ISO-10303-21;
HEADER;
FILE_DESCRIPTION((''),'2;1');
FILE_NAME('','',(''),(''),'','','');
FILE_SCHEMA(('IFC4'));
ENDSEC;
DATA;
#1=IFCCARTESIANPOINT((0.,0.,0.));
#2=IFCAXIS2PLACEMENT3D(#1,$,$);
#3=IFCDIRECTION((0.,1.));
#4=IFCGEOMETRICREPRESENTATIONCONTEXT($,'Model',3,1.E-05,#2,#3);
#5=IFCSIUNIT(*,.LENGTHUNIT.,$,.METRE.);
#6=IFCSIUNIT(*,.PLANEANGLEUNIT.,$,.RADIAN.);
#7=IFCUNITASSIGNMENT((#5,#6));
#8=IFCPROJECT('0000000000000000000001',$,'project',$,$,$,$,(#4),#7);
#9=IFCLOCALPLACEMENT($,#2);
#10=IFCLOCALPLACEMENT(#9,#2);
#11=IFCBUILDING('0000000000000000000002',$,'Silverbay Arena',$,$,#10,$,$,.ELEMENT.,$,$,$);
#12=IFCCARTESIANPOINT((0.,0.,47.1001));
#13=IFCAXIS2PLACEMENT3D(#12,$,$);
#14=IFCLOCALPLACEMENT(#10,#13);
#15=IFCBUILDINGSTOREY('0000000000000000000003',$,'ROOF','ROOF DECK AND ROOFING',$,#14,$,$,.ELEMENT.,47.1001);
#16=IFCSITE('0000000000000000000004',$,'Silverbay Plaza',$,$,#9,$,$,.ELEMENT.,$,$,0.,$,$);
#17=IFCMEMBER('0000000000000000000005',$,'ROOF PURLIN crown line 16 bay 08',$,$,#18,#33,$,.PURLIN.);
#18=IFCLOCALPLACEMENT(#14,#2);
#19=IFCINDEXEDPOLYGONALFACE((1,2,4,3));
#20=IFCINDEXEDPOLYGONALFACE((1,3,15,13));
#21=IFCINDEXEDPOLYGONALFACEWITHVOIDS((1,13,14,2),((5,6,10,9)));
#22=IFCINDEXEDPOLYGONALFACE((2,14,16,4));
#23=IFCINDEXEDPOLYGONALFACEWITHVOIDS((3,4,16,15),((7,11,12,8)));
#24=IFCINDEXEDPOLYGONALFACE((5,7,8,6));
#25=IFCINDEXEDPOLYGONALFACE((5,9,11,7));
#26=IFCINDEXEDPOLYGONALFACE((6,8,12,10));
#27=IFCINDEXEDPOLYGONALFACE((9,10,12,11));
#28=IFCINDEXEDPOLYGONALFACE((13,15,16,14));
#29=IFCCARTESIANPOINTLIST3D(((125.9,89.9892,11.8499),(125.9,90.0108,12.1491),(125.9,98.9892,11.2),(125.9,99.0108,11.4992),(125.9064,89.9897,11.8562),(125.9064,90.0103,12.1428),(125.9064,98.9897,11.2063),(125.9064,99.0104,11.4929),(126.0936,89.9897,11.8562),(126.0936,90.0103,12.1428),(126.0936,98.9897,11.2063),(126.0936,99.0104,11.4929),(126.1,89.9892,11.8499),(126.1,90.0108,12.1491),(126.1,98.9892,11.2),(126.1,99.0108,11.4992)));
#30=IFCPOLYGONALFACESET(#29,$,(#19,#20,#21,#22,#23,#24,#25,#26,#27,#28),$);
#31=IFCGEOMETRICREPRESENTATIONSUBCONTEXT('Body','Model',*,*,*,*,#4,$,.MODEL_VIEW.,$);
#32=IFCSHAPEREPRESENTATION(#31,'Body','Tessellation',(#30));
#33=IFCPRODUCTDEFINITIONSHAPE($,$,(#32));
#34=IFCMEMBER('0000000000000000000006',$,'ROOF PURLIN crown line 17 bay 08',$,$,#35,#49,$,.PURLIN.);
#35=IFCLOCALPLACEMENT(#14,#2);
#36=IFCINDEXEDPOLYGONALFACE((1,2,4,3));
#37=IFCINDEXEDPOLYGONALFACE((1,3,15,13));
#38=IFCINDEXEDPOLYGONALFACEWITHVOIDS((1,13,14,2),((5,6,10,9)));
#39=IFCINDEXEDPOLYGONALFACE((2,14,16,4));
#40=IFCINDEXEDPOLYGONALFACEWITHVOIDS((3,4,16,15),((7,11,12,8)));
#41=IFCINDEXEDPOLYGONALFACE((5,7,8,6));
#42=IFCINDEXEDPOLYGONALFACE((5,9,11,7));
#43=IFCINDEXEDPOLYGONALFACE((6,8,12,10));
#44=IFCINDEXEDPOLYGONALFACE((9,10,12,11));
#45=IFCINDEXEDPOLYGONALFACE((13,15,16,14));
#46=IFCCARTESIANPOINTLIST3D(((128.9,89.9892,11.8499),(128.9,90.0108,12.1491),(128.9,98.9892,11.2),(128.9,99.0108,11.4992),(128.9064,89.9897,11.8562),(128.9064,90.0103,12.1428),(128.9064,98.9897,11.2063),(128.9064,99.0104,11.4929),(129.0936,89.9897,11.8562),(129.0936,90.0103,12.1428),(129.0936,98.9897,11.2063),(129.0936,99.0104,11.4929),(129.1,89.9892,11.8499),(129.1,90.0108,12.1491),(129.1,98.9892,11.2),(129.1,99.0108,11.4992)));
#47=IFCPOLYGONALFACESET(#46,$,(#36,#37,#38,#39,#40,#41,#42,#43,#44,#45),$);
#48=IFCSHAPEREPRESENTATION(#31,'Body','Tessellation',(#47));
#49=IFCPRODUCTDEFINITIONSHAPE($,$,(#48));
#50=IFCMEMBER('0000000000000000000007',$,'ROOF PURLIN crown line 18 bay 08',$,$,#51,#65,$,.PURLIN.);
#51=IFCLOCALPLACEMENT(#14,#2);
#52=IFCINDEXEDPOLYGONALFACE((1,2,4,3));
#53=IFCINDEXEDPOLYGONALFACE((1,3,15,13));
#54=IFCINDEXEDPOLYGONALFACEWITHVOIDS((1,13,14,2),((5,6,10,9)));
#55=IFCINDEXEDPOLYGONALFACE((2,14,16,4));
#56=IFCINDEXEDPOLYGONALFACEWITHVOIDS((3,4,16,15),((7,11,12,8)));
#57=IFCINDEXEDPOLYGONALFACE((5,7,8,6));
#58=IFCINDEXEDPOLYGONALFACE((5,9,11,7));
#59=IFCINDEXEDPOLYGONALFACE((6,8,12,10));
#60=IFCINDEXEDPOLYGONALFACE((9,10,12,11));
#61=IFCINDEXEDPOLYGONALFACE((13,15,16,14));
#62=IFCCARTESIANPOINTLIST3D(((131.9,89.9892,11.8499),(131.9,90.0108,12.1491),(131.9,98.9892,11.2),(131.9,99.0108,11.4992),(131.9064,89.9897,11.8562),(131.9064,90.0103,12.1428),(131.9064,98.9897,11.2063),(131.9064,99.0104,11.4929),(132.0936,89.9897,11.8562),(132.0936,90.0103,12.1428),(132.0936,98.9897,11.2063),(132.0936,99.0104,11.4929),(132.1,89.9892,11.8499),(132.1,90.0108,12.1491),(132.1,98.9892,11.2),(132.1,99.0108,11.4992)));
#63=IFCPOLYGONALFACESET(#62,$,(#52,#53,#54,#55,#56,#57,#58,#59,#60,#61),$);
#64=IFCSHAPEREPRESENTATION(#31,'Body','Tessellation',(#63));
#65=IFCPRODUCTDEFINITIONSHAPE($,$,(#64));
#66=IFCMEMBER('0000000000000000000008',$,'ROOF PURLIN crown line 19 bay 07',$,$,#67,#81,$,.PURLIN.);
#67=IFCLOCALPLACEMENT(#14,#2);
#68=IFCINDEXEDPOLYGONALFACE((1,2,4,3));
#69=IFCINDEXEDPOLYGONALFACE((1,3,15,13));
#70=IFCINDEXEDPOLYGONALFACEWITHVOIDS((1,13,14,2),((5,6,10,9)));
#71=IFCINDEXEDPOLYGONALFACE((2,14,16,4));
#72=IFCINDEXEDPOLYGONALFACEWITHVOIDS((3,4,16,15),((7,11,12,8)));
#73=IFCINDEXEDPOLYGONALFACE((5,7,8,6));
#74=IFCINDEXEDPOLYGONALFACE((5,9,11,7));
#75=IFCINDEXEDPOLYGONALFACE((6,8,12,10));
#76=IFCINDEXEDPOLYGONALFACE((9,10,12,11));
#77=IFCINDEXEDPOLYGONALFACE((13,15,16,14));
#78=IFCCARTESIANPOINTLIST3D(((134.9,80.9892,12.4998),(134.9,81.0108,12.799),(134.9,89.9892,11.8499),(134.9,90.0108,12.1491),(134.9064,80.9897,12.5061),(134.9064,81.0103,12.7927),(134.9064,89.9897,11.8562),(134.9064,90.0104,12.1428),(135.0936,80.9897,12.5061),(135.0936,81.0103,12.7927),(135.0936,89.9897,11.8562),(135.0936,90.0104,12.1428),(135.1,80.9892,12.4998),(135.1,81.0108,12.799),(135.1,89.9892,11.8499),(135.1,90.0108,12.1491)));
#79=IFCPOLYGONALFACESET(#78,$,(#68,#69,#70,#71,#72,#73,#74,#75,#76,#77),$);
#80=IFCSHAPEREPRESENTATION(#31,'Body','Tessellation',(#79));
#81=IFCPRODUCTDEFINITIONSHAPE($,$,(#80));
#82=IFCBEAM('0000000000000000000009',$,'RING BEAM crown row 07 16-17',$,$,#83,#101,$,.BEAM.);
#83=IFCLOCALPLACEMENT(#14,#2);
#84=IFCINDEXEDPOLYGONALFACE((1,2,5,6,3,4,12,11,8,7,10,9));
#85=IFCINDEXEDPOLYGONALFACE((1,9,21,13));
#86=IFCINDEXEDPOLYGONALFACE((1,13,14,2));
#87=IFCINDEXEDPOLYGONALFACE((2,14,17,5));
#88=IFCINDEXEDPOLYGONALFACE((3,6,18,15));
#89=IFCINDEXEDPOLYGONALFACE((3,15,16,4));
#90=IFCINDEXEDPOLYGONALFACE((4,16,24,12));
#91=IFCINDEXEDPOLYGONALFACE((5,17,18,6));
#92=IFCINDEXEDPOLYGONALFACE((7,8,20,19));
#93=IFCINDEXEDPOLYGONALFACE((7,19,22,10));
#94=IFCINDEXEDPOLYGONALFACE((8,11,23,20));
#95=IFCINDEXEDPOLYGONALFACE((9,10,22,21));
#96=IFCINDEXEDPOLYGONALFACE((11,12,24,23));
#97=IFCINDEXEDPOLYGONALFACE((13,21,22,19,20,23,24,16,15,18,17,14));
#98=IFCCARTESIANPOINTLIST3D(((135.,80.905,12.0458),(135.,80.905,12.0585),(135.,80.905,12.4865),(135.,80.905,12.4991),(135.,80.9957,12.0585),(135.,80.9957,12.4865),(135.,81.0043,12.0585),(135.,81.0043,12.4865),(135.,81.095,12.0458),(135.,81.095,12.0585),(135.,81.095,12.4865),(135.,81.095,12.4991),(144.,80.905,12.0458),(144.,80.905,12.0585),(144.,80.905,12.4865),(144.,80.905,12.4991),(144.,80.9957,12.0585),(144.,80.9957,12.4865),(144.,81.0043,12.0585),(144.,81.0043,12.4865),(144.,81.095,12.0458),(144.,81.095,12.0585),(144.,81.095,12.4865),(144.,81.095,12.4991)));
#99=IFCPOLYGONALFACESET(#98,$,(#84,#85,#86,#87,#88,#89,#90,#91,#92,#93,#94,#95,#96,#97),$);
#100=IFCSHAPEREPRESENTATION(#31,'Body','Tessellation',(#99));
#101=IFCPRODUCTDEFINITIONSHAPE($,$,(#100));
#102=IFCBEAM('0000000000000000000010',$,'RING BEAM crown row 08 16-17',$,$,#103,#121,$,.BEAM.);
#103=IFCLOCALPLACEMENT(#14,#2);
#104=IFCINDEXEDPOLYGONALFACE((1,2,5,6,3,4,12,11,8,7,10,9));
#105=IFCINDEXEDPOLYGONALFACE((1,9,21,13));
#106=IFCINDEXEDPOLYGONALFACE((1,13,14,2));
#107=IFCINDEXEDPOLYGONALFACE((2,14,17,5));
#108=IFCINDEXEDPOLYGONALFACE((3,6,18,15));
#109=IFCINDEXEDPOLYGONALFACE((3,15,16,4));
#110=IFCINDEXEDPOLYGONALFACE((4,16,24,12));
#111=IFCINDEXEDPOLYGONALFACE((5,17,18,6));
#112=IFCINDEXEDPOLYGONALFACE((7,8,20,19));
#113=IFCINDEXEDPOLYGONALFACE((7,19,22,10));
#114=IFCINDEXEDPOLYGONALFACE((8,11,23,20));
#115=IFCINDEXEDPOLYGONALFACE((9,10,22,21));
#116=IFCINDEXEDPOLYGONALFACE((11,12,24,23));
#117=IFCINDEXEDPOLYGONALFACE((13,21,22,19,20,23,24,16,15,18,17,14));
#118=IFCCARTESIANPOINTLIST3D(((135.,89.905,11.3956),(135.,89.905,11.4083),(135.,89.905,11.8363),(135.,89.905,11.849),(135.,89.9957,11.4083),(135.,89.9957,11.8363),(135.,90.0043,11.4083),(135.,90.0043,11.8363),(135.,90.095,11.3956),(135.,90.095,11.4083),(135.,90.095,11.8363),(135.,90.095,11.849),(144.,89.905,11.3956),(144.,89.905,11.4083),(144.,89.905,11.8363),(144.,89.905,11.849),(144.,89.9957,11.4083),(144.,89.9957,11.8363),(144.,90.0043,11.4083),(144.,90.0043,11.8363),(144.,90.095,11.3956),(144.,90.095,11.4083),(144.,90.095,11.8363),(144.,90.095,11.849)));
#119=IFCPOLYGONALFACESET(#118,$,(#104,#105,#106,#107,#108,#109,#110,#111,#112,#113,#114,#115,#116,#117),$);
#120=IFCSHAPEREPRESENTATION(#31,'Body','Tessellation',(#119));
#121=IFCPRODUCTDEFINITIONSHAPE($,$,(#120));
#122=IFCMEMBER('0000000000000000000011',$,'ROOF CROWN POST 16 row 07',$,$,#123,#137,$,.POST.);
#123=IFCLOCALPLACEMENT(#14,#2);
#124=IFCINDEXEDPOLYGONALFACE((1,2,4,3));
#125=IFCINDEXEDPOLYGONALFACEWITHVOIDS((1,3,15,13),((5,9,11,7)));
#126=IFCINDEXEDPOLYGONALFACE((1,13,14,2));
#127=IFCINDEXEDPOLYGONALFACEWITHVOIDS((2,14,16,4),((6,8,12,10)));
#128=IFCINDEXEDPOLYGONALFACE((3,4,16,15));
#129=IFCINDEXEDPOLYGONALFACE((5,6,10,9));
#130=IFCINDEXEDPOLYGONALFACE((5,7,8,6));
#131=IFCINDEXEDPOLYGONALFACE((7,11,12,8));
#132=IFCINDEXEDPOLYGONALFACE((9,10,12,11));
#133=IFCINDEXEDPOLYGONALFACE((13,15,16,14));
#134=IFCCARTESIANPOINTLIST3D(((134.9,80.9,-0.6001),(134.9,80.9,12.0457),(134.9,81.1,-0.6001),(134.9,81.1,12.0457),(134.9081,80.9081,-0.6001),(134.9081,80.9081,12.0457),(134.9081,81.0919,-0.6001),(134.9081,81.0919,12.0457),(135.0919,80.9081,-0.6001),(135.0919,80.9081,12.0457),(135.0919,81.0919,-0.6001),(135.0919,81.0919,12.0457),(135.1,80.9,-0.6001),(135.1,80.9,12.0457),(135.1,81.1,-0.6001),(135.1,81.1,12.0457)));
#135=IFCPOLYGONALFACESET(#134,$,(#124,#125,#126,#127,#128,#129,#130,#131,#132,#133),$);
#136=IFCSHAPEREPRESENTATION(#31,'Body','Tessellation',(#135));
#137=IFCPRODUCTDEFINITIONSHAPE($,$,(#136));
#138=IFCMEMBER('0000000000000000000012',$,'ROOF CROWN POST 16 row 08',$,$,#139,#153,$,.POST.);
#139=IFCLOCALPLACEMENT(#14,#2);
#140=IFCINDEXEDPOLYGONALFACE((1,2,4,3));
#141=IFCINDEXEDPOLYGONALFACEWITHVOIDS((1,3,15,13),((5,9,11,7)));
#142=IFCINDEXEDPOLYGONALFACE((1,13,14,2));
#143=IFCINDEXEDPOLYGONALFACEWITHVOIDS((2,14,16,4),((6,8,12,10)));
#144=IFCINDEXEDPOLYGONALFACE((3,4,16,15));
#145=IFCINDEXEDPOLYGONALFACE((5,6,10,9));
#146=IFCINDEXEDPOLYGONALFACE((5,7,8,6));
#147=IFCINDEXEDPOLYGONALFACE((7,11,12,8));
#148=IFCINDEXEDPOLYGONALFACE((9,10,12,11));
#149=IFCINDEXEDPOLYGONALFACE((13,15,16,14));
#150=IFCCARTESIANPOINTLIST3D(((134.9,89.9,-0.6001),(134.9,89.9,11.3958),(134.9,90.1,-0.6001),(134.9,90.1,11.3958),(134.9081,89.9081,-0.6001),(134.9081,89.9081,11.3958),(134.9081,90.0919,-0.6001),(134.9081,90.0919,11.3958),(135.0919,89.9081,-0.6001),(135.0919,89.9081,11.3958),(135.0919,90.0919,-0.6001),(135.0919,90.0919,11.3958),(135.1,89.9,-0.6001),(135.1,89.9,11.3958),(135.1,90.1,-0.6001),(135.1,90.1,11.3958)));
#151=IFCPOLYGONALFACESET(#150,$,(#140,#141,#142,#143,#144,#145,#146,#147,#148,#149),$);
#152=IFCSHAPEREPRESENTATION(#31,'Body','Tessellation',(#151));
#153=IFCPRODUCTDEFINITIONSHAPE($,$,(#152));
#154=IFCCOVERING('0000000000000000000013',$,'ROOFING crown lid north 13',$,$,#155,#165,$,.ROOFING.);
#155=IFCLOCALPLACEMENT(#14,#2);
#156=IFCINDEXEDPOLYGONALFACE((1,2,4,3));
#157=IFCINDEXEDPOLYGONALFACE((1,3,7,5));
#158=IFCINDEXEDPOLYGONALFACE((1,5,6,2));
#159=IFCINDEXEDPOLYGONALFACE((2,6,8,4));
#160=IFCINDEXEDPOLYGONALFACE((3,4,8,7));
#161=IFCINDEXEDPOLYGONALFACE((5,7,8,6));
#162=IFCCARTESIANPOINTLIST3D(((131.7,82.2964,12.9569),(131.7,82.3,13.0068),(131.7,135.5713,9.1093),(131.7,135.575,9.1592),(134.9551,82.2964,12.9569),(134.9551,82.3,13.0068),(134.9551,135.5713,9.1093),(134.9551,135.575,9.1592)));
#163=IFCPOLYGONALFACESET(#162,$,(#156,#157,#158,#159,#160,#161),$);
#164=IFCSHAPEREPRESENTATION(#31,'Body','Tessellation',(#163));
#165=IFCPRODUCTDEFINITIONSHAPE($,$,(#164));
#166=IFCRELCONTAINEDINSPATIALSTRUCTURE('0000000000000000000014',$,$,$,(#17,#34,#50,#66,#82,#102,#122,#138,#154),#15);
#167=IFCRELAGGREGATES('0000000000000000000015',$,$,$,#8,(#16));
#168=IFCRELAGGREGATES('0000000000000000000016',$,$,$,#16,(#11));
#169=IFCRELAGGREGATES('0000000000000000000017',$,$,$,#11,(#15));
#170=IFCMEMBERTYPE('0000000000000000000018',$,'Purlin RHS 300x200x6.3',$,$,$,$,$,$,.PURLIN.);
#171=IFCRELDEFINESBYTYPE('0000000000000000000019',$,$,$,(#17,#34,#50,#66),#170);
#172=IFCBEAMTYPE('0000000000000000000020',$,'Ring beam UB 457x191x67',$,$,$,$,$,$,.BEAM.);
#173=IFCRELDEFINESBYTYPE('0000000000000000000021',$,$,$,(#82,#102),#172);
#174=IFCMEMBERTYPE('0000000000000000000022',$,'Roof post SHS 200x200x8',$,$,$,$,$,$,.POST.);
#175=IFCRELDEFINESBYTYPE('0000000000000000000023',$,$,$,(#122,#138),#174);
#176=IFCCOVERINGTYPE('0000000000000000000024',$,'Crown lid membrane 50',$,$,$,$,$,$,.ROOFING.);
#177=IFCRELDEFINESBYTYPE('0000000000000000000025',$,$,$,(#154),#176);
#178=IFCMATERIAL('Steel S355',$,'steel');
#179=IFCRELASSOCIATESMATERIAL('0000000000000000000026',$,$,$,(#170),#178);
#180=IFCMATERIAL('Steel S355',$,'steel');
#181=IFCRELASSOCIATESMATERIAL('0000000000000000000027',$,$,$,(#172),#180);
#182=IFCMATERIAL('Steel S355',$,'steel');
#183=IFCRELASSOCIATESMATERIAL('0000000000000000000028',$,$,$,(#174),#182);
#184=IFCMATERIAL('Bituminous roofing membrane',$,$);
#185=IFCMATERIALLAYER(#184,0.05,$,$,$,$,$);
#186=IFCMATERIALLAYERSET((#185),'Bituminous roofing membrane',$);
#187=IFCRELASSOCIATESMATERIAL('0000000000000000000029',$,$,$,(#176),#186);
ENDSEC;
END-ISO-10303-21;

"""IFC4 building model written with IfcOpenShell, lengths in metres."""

from ifc_helpers import new_model, si_unit, direction, frame, origin, origin_2d, place, context, subcontext, project, spatial, polyline, hollow_rectangle, i_section, outline, extrude, material, layer, layer_set, material_profile, profile_set, type_object, element, save


model = new_model("IFC4")

# Units and contexts
model_context = context("Model", 3, precision=1e-05, world=origin(), true_north=direction((0.0, 1.0)))
body_context = subcontext(model_context, "Body", "Model", "MODEL_VIEW")
ifc_project = project(units=[si_unit("LENGTHUNIT", "METRE"), si_unit("PLANEANGLEUNIT", "RADIAN")], contexts=[model_context])

# Site, building, storey
site_placement = place(None, origin())
site = spatial("IfcSite", under=ifc_project, at=site_placement, Name="Silverbay Plaza", CompositionType="ELEMENT", RefElevation=0.0)
building_placement = place(site_placement, origin())
building = spatial("IfcBuilding", under=site, at=building_placement, Name="Silverbay Arena", CompositionType="ELEMENT")
storey_placement = place(building_placement, frame((0.0, 0.0, 47.1001)))
storey = spatial("IfcBuildingStorey", under=building, at=storey_placement, Name="ROOF", Description="ROOF DECK AND ROOFING", CompositionType="ELEMENT", Elevation=47.1001)

# Members
ifc_material_1 = material(Name="Steel S355", Category="steel")
ifc_material_profile_1 = material_profile(ifc_material_1, hollow_rectangle(XDim=0.2, YDim=0.3, WallThickness=0.0063, at=origin_2d()), Name="RHS 300x200x6.3")
ifc_profile_set_1 = profile_set([ifc_material_profile_1], Name="Steel S355")
member_type_1 = type_object("IfcMemberType", Name="Purlin RHS 300x200x6.3", PredefinedType="PURLIN", material=ifc_profile_set_1)
for number, where, z_axis, x_axis, name in (
    (1, (126.0, 90.0, 11.9995), (0.0, 0.997403, -0.072024), (-1.0, 0.0, 0.0), "ROOF PURLIN crown line 16 bay 08"),
    (2, (129.0, 90.0, 11.9995), (0.0, 0.997403, -0.072024), (-1.0, 0.0, 0.0), "ROOF PURLIN crown line 17 bay 08"),
    (3, (132.0, 90.0, 11.9995), (0.0, 0.997403, -0.072024), (-1.0, 0.0, 0.0), "ROOF PURLIN crown line 18 bay 08"),
    (4, (135.0, 81.0, 12.6494), (0.0, 0.997403, -0.072024), (-1.0, 0.0, 0.0), "ROOF PURLIN crown line 19 bay 07"),
):
    element("IfcMember", number, at=place(storey_placement, frame(where, z_axis=z_axis, x_axis=x_axis)), inside=storey, type_object=member_type_1, Name=name, PredefinedType="PURLIN", context=body_context, shape_type="SweptSolid", body=[
        extrude(hollow_rectangle(XDim=0.2, YDim=0.3, WallThickness=0.0063, at=origin_2d()), origin(), (0.0, 0.0, 1.0), 9.0234),
    ])

# Beams
ifc_material_2 = material(Name="Steel S355", Category="steel")
ifc_material_profile_2 = material_profile(ifc_material_2, i_section(OverallWidth=0.1899, OverallDepth=0.4534, WebThickness=0.0085, FlangeThickness=0.0127, at=origin_2d()), Name="UB 457x191x67")
ifc_profile_set_2 = profile_set([ifc_material_profile_2], Name="Steel S355")
beam_type = type_object("IfcBeamType", Name="Ring beam UB 457x191x67", PredefinedType="BEAM", material=ifc_profile_set_2)
for number, where, z_axis, x_axis, name in (
    (5, (135.0, 81.0, 12.2725), (1.0, 0.0, 0.0), (0.0, 1.0, 0.0), "RING BEAM crown row 07 16-17"),
    (6, (135.0, 90.0, 11.6223), (1.0, 0.0, 0.0), (0.0, 1.0, 0.0), "RING BEAM crown row 08 16-17"),
):
    element("IfcBeam", number, at=place(storey_placement, frame(where, z_axis=z_axis, x_axis=x_axis)), inside=storey, type_object=beam_type, Name=name, PredefinedType="BEAM", context=body_context, shape_type="SweptSolid", body=[
        extrude(i_section(OverallWidth=0.1899, OverallDepth=0.4534, WebThickness=0.0085, FlangeThickness=0.0127, at=origin_2d()), origin(), (0.0, 0.0, 1.0), 9.0),
    ])

# Members
ifc_material_3 = material(Name="Steel S355", Category="steel")
ifc_material_profile_3 = material_profile(ifc_material_3, hollow_rectangle(XDim=0.2, YDim=0.2, WallThickness=0.0081, at=origin_2d()), Name="SHS 200x200x8")
ifc_profile_set_3 = profile_set([ifc_material_profile_3], Name="Steel S355")
member_type_2 = type_object("IfcMemberType", Name="Roof post SHS 200x200x8", PredefinedType="POST", material=ifc_profile_set_3)
member_1_placement = place(storey_placement, frame((135.0, 81.0, -0.6001), z_axis=(0.0, 0.0, 1.0), x_axis=(1.0, 0.0, 0.0)))
element("IfcMember", 7, at=member_1_placement, inside=storey, type_object=member_type_2, Name="ROOF CROWN POST 16 row 07", PredefinedType="POST", context=body_context, shape_type="SweptSolid", body=[
    extrude(hollow_rectangle(XDim=0.2, YDim=0.2, WallThickness=0.0081, at=origin_2d()), origin(), (0.0, 0.0, 1.0), 12.6458),
])
member_2_placement = place(storey_placement, frame((135.0, 90.0, -0.6001), z_axis=(0.0, 0.0, 1.0), x_axis=(1.0, 0.0, 0.0)))
element("IfcMember", 8, at=member_2_placement, inside=storey, type_object=member_type_2, Name="ROOF CROWN POST 16 row 08", PredefinedType="POST", context=body_context, shape_type="SweptSolid", body=[
    extrude(hollow_rectangle(XDim=0.2, YDim=0.2, WallThickness=0.0081, at=origin_2d()), origin(), (0.0, 0.0, 1.0), 11.9958),
])

# Covering
ifc_material_4 = material(Name="Bituminous roofing membrane")
ifc_layer = layer(ifc_material_4, 0.05)
ifc_layer_set = layer_set([ifc_layer], Name="Bituminous roofing membrane")
covering_type = type_object("IfcCoveringType", Name="Crown lid membrane 50", PredefinedType="ROOFING", material=ifc_layer_set)
covering_placement = place(storey_placement, frame((131.7, 82.3, 13.0068), z_axis=(0.0, 0.072035, 0.997402), x_axis=(1.0, 0.0, 0.0)))
element("IfcCovering", 9, at=covering_placement, inside=storey, type_object=covering_type, Name="ROOFING crown lid north 13", PredefinedType="ROOFING", context=body_context, shape_type="SweptSolid", body=[
    extrude(outline(polyline([(0.0, 0.0), (3.2551, 0.0), (3.2551, 53.4137), (0.0, 53.4137), (0.0, 0.0)])), origin(), (0.0, 0.0, -1.0), 0.05),
])

save(model, "model.ifc")
